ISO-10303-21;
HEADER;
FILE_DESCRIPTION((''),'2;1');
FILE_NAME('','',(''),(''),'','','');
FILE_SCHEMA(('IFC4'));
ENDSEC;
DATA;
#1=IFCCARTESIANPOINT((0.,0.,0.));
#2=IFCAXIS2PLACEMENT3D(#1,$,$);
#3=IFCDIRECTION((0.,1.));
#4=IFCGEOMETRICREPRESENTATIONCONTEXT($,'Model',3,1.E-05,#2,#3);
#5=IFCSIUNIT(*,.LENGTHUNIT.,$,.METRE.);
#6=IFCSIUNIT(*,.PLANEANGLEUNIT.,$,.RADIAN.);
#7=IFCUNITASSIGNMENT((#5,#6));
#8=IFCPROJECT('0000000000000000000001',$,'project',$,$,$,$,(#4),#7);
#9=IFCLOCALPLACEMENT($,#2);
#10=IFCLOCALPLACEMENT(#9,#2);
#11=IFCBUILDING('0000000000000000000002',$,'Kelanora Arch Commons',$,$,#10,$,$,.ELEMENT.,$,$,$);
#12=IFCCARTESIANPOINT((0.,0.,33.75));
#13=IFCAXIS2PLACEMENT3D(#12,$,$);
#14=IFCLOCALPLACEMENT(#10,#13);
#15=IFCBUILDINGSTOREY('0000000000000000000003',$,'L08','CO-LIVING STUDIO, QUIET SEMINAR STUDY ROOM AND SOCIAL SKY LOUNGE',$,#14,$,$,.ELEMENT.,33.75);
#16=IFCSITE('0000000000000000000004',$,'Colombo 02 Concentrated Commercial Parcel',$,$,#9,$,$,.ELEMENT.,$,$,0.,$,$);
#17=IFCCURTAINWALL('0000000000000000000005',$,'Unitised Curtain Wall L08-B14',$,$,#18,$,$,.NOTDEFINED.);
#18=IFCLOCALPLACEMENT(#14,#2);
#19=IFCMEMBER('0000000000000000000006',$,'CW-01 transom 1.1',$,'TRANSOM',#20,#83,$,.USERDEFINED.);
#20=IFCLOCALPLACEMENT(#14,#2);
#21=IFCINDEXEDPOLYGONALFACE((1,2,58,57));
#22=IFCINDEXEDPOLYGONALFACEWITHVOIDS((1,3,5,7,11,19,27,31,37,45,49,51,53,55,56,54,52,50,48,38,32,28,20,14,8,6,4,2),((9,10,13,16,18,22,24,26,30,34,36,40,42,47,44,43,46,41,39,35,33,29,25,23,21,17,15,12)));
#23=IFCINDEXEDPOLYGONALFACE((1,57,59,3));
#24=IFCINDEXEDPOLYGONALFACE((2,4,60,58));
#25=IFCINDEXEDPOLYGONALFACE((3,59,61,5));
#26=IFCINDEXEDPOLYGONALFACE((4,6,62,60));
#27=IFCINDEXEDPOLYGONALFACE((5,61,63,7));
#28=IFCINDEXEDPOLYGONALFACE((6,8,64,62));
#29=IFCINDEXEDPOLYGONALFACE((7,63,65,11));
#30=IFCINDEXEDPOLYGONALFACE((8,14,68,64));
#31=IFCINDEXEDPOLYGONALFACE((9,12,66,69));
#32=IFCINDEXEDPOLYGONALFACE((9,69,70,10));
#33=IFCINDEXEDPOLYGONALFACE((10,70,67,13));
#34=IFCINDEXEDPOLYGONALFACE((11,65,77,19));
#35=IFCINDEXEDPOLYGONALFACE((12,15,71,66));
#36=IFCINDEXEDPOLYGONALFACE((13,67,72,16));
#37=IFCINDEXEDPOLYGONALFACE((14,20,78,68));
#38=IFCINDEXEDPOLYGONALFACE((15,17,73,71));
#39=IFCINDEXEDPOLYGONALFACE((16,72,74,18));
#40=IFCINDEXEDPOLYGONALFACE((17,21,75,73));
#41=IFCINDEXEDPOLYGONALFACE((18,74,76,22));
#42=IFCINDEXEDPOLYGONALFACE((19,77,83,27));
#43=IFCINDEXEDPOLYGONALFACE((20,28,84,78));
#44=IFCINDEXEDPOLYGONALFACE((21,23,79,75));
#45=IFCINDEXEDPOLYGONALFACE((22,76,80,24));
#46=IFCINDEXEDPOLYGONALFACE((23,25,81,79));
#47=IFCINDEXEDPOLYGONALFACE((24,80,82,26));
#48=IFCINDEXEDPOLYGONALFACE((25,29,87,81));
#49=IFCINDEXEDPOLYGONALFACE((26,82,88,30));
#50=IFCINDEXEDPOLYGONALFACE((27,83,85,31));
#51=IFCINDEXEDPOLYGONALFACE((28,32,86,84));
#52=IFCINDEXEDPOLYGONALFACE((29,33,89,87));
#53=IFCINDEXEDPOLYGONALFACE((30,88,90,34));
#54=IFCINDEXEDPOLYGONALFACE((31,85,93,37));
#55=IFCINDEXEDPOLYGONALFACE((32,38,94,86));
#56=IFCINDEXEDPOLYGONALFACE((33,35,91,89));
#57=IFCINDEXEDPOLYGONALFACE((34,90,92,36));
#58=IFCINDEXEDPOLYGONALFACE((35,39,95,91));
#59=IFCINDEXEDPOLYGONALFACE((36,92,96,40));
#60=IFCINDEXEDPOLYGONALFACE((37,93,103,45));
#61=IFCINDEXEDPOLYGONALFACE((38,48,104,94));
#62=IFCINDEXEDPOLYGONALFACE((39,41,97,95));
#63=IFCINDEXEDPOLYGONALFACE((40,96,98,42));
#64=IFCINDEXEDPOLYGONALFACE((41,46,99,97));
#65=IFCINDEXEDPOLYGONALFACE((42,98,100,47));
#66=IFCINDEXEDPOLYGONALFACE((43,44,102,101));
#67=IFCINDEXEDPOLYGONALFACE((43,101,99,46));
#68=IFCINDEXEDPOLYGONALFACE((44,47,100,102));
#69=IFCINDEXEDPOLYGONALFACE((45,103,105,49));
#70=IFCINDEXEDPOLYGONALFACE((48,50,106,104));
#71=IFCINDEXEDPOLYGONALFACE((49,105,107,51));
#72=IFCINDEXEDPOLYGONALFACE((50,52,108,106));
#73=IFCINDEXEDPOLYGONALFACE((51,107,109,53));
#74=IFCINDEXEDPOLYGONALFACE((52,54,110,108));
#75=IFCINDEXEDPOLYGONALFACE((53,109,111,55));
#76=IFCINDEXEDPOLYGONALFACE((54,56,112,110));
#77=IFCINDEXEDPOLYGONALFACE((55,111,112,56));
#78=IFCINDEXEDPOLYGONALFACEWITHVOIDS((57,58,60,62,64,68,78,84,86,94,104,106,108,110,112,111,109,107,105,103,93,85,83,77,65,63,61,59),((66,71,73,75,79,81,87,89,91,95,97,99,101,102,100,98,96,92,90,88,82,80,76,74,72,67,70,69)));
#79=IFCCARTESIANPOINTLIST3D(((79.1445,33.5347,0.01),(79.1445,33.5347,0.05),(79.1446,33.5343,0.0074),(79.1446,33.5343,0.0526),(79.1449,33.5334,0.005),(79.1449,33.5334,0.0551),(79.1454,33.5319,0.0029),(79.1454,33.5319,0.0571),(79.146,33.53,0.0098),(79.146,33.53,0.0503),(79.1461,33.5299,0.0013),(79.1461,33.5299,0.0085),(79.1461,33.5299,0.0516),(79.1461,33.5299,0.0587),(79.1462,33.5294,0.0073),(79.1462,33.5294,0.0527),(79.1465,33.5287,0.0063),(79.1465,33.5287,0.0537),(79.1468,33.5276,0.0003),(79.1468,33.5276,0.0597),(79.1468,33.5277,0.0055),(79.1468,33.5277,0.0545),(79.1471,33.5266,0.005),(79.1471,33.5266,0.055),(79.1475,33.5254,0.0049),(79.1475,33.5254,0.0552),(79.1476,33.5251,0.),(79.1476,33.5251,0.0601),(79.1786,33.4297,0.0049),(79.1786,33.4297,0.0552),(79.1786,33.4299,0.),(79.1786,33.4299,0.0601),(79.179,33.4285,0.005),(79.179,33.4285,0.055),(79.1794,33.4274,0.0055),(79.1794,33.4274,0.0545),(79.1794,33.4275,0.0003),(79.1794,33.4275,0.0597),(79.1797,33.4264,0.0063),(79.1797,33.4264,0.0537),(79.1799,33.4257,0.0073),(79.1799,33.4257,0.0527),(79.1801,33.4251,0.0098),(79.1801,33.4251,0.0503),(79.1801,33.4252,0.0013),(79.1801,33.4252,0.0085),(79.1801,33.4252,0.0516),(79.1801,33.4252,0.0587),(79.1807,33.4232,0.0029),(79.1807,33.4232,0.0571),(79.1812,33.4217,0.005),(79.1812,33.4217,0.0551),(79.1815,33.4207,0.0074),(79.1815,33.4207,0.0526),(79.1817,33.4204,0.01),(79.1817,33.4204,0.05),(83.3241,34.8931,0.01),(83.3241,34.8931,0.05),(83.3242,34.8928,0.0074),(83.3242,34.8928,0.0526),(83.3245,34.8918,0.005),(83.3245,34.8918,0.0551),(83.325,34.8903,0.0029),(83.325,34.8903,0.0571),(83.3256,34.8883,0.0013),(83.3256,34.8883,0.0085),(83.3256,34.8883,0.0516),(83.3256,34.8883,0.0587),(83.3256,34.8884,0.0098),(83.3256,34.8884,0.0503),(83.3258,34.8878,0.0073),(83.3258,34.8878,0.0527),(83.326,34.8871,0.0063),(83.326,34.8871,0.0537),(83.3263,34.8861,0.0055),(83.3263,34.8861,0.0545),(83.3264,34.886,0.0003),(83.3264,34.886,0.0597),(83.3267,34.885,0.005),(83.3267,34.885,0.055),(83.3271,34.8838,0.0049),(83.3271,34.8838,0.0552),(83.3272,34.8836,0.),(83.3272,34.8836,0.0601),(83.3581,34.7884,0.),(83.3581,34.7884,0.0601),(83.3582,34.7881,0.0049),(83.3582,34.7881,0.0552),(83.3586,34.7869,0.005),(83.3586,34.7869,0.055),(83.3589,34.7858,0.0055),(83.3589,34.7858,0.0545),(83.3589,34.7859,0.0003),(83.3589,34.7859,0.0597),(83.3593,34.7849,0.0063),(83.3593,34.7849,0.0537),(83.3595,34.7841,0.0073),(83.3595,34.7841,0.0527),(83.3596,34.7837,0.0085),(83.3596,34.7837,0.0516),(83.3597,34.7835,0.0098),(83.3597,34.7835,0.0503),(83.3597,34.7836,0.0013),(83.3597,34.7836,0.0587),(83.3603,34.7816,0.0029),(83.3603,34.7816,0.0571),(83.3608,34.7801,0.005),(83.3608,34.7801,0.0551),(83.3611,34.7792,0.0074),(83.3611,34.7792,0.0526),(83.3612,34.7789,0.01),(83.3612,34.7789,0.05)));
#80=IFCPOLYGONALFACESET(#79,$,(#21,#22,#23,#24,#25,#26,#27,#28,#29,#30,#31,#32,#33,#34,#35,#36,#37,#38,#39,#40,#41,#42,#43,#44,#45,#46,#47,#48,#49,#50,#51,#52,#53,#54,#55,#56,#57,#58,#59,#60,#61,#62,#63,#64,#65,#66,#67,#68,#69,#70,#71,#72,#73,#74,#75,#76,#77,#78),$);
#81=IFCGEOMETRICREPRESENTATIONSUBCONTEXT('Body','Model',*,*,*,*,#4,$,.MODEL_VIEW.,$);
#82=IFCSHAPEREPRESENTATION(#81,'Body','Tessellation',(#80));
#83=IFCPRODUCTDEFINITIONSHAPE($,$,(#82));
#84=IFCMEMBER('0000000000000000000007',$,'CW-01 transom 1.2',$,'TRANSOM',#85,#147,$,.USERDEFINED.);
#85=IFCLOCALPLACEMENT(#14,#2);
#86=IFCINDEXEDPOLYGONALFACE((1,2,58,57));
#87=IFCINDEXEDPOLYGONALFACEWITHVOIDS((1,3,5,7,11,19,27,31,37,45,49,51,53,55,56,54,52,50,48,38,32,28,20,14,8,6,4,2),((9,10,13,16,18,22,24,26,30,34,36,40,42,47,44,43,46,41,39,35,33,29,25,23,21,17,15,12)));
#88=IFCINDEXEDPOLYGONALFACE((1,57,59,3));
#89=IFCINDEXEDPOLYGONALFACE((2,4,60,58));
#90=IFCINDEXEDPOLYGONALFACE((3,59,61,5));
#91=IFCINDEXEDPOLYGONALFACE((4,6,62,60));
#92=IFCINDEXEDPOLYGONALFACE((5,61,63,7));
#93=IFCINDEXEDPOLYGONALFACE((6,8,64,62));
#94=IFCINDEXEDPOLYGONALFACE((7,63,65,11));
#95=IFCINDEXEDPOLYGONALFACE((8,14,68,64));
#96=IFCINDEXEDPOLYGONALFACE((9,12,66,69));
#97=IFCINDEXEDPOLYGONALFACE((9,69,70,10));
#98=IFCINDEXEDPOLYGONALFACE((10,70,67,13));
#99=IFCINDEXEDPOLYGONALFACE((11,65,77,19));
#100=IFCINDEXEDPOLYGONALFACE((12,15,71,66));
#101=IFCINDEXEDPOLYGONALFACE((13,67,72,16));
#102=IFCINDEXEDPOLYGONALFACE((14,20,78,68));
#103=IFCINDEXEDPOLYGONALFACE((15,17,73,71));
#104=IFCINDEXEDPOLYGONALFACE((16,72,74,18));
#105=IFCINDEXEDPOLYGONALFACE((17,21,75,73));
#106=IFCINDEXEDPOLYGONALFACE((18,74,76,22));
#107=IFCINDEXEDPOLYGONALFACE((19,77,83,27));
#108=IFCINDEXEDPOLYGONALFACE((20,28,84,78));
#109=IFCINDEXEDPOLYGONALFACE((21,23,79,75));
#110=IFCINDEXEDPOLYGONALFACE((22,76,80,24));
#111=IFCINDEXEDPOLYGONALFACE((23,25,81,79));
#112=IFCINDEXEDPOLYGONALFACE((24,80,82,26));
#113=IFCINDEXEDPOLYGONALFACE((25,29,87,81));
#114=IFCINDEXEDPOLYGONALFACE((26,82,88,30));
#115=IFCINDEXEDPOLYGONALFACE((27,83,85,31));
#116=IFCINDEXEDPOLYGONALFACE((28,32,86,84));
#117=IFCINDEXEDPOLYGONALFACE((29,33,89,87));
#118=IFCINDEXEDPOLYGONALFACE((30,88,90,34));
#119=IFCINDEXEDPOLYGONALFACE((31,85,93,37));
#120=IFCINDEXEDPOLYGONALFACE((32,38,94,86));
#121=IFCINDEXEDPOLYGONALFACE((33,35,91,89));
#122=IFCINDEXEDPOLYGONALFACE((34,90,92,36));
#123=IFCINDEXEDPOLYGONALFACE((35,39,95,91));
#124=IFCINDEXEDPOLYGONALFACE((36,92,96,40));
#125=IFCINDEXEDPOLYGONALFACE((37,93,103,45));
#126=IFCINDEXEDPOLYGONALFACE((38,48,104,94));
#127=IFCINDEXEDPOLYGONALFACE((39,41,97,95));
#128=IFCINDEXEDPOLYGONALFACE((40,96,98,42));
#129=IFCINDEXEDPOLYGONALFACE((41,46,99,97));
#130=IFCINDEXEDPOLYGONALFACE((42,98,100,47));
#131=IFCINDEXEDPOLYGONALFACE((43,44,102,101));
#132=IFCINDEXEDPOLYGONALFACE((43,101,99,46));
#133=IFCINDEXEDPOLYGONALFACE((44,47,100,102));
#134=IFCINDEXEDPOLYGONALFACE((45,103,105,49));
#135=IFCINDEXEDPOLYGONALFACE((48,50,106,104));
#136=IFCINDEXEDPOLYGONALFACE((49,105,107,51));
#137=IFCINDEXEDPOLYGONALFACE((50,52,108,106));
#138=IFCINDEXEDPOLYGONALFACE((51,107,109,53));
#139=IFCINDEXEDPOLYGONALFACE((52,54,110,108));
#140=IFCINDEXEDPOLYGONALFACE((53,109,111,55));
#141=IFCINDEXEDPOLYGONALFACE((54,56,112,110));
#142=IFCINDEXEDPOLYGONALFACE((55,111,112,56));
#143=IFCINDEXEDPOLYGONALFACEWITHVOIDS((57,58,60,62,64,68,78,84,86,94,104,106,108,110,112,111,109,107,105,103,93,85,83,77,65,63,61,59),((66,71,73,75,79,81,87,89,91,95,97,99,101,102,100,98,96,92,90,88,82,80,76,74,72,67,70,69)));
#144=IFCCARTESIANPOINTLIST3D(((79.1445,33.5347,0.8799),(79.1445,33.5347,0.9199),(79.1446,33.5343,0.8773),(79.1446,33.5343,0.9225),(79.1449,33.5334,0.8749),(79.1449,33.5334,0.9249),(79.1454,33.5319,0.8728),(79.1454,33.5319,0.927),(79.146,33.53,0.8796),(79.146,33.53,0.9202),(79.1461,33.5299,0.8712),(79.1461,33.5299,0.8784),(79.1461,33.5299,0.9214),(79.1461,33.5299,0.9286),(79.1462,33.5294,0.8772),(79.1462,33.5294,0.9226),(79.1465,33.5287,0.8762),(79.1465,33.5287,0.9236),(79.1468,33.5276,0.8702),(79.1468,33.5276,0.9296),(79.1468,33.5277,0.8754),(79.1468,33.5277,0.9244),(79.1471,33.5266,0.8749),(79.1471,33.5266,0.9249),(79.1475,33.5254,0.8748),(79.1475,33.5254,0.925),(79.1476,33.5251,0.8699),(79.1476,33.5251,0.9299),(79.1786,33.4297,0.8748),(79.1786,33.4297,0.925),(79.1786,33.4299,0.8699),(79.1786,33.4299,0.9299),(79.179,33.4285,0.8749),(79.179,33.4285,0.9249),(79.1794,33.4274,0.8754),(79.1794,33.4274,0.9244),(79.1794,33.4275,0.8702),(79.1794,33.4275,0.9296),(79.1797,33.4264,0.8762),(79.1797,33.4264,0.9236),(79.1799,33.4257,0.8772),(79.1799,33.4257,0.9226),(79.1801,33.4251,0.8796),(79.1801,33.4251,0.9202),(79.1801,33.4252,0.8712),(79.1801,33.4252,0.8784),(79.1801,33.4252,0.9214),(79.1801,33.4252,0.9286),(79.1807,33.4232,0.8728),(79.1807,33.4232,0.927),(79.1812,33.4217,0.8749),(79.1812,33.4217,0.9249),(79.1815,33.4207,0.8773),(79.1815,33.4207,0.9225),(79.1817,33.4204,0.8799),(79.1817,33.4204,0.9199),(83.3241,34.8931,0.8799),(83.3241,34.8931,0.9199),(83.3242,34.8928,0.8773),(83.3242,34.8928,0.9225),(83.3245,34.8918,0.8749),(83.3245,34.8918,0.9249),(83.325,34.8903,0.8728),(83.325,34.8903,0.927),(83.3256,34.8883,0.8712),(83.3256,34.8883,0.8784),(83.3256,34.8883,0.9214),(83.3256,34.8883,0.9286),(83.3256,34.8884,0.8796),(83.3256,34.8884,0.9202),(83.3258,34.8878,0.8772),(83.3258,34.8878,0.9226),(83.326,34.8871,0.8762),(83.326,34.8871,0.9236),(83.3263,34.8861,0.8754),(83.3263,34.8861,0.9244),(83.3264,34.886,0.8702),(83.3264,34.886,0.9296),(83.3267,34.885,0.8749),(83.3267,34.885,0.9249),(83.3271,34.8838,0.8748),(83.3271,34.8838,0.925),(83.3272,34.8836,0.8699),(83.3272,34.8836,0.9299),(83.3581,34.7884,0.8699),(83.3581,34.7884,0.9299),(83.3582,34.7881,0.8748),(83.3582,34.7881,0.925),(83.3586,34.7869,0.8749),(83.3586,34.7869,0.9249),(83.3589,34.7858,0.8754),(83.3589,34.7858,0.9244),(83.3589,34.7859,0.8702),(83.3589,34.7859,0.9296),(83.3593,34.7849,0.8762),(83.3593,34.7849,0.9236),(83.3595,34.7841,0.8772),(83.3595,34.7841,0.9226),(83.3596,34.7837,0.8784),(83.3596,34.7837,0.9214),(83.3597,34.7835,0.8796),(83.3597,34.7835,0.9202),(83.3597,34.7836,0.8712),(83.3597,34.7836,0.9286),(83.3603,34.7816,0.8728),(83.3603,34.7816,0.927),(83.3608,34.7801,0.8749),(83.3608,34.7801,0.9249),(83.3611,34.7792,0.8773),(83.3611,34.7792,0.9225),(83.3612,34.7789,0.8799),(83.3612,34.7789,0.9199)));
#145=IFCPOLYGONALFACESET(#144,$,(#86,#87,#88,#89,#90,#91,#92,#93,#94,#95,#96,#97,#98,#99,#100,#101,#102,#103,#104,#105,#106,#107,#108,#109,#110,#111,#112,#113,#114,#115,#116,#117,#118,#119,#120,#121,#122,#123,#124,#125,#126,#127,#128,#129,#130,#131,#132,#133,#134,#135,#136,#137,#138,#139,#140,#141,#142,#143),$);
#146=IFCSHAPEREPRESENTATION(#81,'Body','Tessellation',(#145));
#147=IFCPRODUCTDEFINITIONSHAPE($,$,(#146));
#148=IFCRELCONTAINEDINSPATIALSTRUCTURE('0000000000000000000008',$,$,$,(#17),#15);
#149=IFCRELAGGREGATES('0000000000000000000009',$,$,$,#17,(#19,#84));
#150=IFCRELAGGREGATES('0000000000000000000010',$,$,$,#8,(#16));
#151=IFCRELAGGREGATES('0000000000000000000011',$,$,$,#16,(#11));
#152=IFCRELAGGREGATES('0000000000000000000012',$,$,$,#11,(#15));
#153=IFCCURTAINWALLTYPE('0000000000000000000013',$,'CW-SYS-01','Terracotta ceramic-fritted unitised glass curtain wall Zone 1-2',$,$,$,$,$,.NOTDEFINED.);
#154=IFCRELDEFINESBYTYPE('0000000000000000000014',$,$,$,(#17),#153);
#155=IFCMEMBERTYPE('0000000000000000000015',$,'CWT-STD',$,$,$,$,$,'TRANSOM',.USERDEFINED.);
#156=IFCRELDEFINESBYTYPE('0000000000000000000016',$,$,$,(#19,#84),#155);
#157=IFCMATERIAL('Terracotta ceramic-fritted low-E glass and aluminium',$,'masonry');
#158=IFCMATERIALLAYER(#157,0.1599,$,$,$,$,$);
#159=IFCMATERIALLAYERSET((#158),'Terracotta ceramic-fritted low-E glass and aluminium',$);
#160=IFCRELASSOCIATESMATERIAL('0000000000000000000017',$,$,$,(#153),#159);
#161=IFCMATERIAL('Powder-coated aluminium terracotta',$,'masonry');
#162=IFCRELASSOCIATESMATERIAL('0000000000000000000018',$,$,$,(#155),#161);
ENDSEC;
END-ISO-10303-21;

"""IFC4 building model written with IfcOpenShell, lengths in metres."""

from ifc_helpers import new_model, si_unit, direction, frame, origin, origin_2d, place, context, subcontext, project, spatial, hollow_rectangle, extrude, material, layer, layer_set, material_profile, profile_set, type_object, element, aggregate, save


model = new_model("IFC4")

# Units and contexts
model_context = context("Model", 3, precision=1e-05, world=origin(), true_north=direction((0.0, 1.0)))
body_context = subcontext(model_context, "Body", "Model", "MODEL_VIEW")
ifc_project = project(units=[si_unit("LENGTHUNIT", "METRE"), si_unit("PLANEANGLEUNIT", "RADIAN")], contexts=[model_context])

# Site, building, storey
site_placement = place(None, origin())
site = spatial("IfcSite", under=ifc_project, at=site_placement, Name="Colombo 02 Concentrated Commercial Parcel", CompositionType="ELEMENT", RefElevation=0.0)
building_placement = place(site_placement, origin())
building = spatial("IfcBuilding", under=site, at=building_placement, Name="Kelanora Arch Commons", CompositionType="ELEMENT")
storey_placement = place(building_placement, frame((0.0, 0.0, 33.75)))
storey = spatial("IfcBuildingStorey", under=building, at=storey_placement, Name="L08", Description="CO-LIVING STUDIO, QUIET SEMINAR STUDY ROOM AND SOCIAL SKY LOUNGE", CompositionType="ELEMENT", Elevation=33.75)

# Curtain wall, members
ifc_material_1 = material(Name="Terracotta ceramic-fritted low-E glass and aluminium", Category="masonry")
ifc_layer_1 = layer(ifc_material_1, 0.1599)
ifc_layer_set_1 = layer_set([ifc_layer_1], Name="Terracotta ceramic-fritted low-E glass and aluminium")
curtain_wall_type = type_object("IfcCurtainWallType", Name="CW-SYS-01", Description="Terracotta ceramic-fritted unitised glass curtain wall Zone 1-2", PredefinedType="NOTDEFINED", material=ifc_layer_set_1)
curtain_wall_placement = place(storey_placement, origin())
curtain_wall = element("IfcCurtainWall", 1, at=curtain_wall_placement, inside=storey, type_object=curtain_wall_type, Name="Unitised Curtain Wall L08-B14", PredefinedType="NOTDEFINED")
ifc_material_2 = material(Name="Powder-coated aluminium terracotta", Category="masonry")
ifc_material_profile_1 = material_profile(ifc_material_2, hollow_rectangle(XDim=0.1201, YDim=0.0601, WallThickness=0.0049, InnerFilletRadius=0.0049, OuterFilletRadius=0.01, at=origin_2d()), Name="CWT120x60")
ifc_profile_set_1 = profile_set([ifc_material_profile_1], Name="Powder-coated aluminium terracotta")
member_type_1 = type_object("IfcMemberType", Name="CWT-STD", ElementType="TRANSOM", PredefinedType="USERDEFINED", material=ifc_profile_set_1)
member_1_placement = place(storey_placement, frame((79.1631, 33.4775, 0.03), z_axis=(0.951029, 0.309102, 0.0), x_axis=(-0.309102, 0.951029, 0.0)))
member_1 = element("IfcMember", 2, at=member_1_placement, type_object=member_type_1, Name="CW-01 transom 1.1", ObjectType="TRANSOM", PredefinedType="USERDEFINED", context=body_context, shape_type="SweptSolid", body=[
    extrude(hollow_rectangle(XDim=0.1201, YDim=0.0601, WallThickness=0.0049, InnerFilletRadius=0.0049, OuterFilletRadius=0.01, at=origin_2d()), origin(), (0.0, 0.0, 1.0), 4.3948),
])
member_2_placement = place(storey_placement, frame((79.1631, 33.4775, 0.8999), z_axis=(0.951029, 0.309102, 0.0), x_axis=(-0.309102, 0.951029, 0.0)))
member_2 = element("IfcMember", 3, at=member_2_placement, type_object=member_type_1, Name="CW-01 transom 1.2", ObjectType="TRANSOM", PredefinedType="USERDEFINED", context=body_context, shape_type="SweptSolid", body=[
    extrude(hollow_rectangle(XDim=0.1201, YDim=0.0601, WallThickness=0.0049, InnerFilletRadius=0.0049, OuterFilletRadius=0.01, at=origin_2d()), origin(), (0.0, 0.0, 1.0), 4.3948),
])
aggregate(curtain_wall, [member_1, member_2])

save(model, "model.ifc")
